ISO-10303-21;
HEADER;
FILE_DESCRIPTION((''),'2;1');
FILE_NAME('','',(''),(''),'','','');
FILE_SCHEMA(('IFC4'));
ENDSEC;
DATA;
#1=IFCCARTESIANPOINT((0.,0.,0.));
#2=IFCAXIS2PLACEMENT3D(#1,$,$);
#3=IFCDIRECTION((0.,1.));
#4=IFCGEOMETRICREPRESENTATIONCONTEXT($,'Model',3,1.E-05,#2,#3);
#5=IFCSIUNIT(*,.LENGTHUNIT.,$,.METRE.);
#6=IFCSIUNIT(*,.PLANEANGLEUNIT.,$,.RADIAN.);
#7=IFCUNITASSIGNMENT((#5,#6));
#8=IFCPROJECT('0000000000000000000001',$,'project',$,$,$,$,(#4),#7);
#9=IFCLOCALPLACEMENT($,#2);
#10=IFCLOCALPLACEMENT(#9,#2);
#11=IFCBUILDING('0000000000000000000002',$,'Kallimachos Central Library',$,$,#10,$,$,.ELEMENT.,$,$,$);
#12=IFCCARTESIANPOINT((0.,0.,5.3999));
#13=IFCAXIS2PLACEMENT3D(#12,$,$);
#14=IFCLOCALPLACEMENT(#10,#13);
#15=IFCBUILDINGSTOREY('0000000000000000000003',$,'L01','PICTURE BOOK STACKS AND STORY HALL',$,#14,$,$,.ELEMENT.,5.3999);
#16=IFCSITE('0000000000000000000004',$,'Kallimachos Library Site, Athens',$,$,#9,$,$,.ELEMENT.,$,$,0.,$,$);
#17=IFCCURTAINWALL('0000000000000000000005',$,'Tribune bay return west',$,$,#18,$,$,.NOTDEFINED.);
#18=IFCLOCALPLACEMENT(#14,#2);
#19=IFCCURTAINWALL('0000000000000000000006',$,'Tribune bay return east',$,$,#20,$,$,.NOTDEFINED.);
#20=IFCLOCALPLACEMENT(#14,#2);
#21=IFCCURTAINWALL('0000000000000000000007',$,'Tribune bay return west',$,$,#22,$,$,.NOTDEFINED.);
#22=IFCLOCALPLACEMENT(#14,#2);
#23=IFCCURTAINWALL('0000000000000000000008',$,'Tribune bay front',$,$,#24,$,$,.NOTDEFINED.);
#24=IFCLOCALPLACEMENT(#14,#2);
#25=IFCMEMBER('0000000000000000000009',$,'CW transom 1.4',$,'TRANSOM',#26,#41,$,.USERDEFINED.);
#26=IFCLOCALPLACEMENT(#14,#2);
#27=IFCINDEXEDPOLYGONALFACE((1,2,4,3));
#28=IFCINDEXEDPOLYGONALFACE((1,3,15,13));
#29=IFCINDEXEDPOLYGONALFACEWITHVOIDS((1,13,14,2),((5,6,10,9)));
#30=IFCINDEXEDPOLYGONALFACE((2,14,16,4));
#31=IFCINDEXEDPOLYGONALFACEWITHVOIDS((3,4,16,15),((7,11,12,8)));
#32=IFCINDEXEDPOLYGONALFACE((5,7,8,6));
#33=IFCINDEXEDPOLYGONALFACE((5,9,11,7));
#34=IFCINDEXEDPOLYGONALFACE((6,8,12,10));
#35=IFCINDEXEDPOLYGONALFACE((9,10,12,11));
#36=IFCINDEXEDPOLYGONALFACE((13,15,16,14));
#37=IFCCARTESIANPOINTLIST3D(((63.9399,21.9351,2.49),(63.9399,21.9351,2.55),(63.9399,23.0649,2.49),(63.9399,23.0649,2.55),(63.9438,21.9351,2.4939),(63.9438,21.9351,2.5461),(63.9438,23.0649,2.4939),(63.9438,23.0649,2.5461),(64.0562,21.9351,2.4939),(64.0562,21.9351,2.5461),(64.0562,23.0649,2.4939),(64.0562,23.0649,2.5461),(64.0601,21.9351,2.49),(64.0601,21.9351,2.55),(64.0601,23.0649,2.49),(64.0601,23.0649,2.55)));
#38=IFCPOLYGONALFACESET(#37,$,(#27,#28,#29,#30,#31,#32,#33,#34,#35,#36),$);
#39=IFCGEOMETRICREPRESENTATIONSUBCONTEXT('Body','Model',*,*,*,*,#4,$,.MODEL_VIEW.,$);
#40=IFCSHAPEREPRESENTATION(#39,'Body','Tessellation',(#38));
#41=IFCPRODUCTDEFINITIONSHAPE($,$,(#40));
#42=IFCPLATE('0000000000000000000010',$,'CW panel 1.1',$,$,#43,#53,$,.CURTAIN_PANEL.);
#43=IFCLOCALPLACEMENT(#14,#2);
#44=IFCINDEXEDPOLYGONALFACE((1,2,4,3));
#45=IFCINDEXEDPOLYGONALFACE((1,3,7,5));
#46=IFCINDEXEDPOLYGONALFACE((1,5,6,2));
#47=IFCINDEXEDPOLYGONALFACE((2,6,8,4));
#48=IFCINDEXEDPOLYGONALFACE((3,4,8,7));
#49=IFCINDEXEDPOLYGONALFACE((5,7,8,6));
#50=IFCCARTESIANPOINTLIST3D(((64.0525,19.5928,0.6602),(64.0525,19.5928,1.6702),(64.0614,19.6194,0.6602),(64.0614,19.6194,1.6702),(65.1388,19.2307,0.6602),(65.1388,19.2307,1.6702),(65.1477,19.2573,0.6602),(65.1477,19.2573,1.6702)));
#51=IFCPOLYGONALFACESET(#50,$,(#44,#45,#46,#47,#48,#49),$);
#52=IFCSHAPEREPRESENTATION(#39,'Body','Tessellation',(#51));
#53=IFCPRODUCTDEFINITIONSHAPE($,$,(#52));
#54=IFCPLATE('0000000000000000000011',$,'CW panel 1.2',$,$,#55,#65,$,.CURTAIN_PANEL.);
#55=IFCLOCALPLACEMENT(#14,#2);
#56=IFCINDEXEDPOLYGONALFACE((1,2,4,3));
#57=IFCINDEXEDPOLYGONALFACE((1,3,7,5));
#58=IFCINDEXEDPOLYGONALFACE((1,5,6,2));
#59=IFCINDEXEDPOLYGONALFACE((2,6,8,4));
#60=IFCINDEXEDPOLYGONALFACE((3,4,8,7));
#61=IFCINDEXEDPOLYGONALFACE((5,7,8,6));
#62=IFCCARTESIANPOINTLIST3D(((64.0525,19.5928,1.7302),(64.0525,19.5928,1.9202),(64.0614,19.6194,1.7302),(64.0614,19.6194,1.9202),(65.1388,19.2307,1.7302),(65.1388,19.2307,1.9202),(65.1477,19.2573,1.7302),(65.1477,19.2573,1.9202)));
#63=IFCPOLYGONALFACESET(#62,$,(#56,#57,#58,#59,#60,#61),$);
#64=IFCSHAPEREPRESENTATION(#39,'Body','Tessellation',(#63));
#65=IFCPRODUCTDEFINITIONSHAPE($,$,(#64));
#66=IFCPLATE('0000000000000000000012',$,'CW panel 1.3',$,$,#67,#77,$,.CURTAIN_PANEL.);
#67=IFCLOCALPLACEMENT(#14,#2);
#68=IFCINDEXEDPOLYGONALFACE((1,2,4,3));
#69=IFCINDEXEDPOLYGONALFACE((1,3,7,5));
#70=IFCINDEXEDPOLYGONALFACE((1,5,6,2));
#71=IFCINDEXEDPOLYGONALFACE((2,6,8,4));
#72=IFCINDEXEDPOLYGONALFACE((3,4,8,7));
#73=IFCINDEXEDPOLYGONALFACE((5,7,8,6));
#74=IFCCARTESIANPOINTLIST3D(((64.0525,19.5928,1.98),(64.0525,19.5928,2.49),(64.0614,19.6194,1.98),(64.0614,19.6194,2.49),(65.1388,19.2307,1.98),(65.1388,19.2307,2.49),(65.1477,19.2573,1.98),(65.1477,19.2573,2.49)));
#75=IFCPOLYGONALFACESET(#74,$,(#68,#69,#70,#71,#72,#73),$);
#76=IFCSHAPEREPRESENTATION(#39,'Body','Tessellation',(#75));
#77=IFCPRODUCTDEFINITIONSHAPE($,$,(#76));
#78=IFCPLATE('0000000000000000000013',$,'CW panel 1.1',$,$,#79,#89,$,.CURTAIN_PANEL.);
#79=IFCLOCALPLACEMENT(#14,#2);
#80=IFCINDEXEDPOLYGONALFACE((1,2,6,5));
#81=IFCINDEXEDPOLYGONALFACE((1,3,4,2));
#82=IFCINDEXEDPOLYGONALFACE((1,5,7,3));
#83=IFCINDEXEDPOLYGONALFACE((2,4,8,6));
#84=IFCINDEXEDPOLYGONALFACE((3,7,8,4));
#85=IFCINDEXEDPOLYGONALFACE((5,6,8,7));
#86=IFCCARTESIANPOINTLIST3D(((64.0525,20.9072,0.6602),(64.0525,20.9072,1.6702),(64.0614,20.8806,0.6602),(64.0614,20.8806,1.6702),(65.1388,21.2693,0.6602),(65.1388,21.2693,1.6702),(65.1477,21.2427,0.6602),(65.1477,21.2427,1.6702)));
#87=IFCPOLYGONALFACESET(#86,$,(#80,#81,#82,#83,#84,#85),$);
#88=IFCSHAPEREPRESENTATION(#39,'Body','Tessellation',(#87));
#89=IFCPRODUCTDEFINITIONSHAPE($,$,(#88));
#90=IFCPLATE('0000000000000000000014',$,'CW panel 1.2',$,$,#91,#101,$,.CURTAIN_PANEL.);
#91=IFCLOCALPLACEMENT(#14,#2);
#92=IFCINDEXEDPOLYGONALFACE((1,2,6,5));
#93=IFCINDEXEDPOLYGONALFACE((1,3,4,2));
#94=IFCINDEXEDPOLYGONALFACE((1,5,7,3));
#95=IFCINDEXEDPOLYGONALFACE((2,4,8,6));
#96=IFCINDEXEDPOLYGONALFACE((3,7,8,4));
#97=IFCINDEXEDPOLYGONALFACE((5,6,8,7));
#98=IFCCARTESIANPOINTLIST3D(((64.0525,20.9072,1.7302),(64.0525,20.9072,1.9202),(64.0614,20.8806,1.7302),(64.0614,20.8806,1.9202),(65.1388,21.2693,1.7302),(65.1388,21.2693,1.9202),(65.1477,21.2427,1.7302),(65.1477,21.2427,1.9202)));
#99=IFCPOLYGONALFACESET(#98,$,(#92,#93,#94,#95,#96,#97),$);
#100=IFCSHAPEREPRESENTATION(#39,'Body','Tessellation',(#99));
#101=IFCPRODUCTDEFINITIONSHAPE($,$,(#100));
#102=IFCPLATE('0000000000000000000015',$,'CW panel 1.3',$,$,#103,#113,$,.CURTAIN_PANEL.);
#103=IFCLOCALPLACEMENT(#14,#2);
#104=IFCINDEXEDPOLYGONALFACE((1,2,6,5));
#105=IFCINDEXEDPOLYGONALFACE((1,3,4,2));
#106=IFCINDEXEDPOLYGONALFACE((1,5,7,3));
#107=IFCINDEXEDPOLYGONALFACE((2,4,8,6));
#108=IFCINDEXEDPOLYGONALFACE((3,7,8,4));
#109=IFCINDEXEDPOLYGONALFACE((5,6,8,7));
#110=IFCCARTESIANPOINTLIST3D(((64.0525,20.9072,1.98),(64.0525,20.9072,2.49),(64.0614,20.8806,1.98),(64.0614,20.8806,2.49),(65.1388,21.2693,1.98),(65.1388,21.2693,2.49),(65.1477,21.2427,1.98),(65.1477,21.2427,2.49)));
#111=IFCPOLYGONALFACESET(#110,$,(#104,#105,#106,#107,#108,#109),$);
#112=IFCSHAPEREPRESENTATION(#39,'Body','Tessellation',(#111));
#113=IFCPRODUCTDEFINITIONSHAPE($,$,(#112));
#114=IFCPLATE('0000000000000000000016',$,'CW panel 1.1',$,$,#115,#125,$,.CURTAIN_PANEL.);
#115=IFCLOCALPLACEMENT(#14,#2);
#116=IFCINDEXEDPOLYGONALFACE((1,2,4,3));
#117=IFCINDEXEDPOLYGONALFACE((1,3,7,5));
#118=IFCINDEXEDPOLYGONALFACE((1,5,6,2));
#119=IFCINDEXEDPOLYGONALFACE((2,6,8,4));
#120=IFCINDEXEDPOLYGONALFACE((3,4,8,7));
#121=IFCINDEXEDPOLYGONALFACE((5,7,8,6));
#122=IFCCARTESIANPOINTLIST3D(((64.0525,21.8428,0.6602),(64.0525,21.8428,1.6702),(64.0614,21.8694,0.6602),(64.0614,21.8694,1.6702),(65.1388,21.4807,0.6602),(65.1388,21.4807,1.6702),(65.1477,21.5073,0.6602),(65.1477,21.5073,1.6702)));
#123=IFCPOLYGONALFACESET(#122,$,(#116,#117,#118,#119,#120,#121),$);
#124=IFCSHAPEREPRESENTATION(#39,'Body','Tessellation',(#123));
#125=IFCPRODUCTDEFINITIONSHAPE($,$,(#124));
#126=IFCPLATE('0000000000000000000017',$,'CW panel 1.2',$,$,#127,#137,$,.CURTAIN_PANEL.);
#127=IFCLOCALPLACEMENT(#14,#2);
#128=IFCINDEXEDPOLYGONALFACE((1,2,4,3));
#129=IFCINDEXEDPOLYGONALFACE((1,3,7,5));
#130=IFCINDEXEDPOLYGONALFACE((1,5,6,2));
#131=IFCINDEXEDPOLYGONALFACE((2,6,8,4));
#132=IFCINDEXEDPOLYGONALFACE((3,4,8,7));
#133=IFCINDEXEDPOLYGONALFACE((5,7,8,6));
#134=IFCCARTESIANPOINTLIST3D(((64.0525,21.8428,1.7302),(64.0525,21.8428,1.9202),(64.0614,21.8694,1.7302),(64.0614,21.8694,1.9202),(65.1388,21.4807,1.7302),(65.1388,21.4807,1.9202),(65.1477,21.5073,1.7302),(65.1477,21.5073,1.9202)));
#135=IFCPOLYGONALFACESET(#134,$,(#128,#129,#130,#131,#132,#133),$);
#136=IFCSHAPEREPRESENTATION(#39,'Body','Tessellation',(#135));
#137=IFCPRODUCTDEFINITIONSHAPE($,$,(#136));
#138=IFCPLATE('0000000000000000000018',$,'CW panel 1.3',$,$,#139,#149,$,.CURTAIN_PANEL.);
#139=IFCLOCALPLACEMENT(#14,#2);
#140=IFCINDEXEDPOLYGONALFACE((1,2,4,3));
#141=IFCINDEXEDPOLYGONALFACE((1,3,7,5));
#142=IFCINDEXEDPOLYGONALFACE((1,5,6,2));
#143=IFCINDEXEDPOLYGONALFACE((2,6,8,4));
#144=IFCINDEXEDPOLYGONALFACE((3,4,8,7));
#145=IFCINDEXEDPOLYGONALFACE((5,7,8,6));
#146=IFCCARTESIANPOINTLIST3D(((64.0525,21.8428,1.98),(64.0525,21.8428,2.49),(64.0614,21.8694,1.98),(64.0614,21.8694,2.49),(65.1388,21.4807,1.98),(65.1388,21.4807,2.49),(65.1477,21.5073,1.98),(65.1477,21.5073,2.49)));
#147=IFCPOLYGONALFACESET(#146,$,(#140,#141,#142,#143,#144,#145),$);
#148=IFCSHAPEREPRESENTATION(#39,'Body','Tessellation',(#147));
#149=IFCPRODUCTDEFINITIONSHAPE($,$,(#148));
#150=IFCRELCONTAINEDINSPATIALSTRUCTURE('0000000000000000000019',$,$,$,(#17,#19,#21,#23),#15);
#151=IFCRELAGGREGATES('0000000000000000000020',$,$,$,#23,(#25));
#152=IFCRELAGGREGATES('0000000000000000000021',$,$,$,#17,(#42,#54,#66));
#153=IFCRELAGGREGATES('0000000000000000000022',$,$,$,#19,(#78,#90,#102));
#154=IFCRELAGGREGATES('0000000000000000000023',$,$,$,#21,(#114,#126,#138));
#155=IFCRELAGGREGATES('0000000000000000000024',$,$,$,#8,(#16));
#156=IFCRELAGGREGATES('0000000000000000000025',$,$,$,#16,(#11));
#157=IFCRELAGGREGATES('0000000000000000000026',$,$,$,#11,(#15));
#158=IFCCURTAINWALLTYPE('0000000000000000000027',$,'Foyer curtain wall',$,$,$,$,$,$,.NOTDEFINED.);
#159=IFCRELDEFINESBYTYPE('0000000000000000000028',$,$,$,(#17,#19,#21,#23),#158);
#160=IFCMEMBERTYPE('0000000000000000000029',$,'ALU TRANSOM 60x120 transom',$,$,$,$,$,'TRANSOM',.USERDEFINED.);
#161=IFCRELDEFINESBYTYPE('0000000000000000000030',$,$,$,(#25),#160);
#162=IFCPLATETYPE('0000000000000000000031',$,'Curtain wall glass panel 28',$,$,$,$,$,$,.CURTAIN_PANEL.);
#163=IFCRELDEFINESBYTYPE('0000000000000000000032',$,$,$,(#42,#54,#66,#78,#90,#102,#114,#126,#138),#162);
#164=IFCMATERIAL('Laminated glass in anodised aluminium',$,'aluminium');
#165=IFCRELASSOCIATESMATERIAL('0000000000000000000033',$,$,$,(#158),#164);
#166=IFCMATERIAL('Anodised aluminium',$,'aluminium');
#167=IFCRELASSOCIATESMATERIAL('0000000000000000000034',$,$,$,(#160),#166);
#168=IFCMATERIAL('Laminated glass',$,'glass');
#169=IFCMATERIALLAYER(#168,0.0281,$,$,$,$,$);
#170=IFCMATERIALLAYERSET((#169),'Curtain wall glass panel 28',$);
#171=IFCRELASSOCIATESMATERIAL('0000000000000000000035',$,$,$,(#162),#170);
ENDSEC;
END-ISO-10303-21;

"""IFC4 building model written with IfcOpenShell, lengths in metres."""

from ifc_helpers import new_model, si_unit, direction, frame, origin, origin_2d, place, context, subcontext, project, spatial, rectangle, hollow_rectangle, extrude, material, layer, layer_set, material_profile, profile_set, type_object, element, aggregate, save


model = new_model("IFC4")

# Units and contexts
model_context = context("Model", 3, precision=1e-05, world=origin(), true_north=direction((0.0, 1.0)))
body_context = subcontext(model_context, "Body", "Model", "MODEL_VIEW")
ifc_project = project(units=[si_unit("LENGTHUNIT", "METRE"), si_unit("PLANEANGLEUNIT", "RADIAN")], contexts=[model_context])

# Site, building, storey
site_placement = place(None, origin())
site = spatial("IfcSite", under=ifc_project, at=site_placement, Name="Kallimachos Library Site, Athens", CompositionType="ELEMENT", RefElevation=0.0)
building_placement = place(site_placement, origin())
building = spatial("IfcBuilding", under=site, at=building_placement, Name="Kallimachos Central Library", CompositionType="ELEMENT")
storey_placement = place(building_placement, frame((0.0, 0.0, 5.3999)))
storey = spatial("IfcBuildingStorey", under=building, at=storey_placement, Name="L01", Description="PICTURE BOOK STACKS AND STORY HALL", CompositionType="ELEMENT", Elevation=5.3999)

# Curtain walls
ifc_material_1 = material(Name="Laminated glass in anodised aluminium", Category="aluminium")
curtain_wall_type = type_object("IfcCurtainWallType", Name="Foyer curtain wall", PredefinedType="NOTDEFINED", material=ifc_material_1)
curtain_wall_1_placement = place(storey_placement, origin())
curtain_wall_1 = element("IfcCurtainWall", 1, at=curtain_wall_1_placement, inside=storey, type_object=curtain_wall_type, Name="Tribune bay return west", PredefinedType="NOTDEFINED")
curtain_wall_2_placement = place(storey_placement, origin())
curtain_wall_2 = element("IfcCurtainWall", 2, at=curtain_wall_2_placement, inside=storey, type_object=curtain_wall_type, Name="Tribune bay return east", PredefinedType="NOTDEFINED")
curtain_wall_3_placement = place(storey_placement, origin())
curtain_wall_3 = element("IfcCurtainWall", 3, at=curtain_wall_3_placement, inside=storey, type_object=curtain_wall_type, Name="Tribune bay return west", PredefinedType="NOTDEFINED")

# Shared definitions
ifc_material_2 = material(Name="Anodised aluminium", Category="aluminium")
ifc_material_profile_1 = material_profile(ifc_material_2, hollow_rectangle(XDim=0.0601, YDim=0.1201, WallThickness=0.0039, at=origin_2d()), Name="ALU TRANSOM 60x120")
ifc_profile_set_1 = profile_set([ifc_material_profile_1], Name="Anodised aluminium")
member_type_1 = type_object("IfcMemberType", Name="ALU TRANSOM 60x120 transom", ElementType="TRANSOM", PredefinedType="USERDEFINED", material=ifc_profile_set_1)

# Curtain wall, member
curtain_wall_4_placement = place(storey_placement, origin())
curtain_wall_4 = element("IfcCurtainWall", 4, at=curtain_wall_4_placement, inside=storey, type_object=curtain_wall_type, Name="Tribune bay front", PredefinedType="NOTDEFINED")
member_1_placement = place(storey_placement, frame((64.0, 21.9351, 2.52), z_axis=(0.0, 1.0, 0.0), x_axis=(0.0, 0.0, 1.0)))
member_1 = element("IfcMember", 5, at=member_1_placement, type_object=member_type_1, Name="CW transom 1.4", ObjectType="TRANSOM", PredefinedType="USERDEFINED", context=body_context, shape_type="SweptSolid", body=[
    extrude(hollow_rectangle(XDim=0.0601, YDim=0.1201, WallThickness=0.0039, at=origin_2d()), origin(), (0.0, 0.0, 1.0), 1.1299),
])
aggregate(curtain_wall_4, [member_1])

# Plates
ifc_material_3 = material(Name="Laminated glass", Category="glass")
ifc_layer = layer(ifc_material_3, 0.0281)
ifc_layer_set = layer_set([ifc_layer], Name="Curtain wall glass panel 28")
plate_type = type_object("IfcPlateType", Name="Curtain wall glass panel 28", PredefinedType="CURTAIN_PANEL", material=ifc_layer_set)
plate_1_placement = place(storey_placement, frame((64.6001, 19.425, 0.6602), z_axis=(0.0, 0.0, 1.0), x_axis=(-0.948683, 0.316228, 0.0)))
plate_1 = element("IfcPlate", 6, at=plate_1_placement, type_object=plate_type, Name="CW panel 1.1", PredefinedType="CURTAIN_PANEL", context=body_context, shape_type="SweptSolid", body=[
    extrude(rectangle(XDim=1.145, YDim=0.0281, at=origin_2d()), origin(), (0.0, 0.0, 1.0), 1.01),
])
plate_2_placement = place(storey_placement, frame((64.6001, 19.425, 1.7302), z_axis=(0.0, 0.0, 1.0), x_axis=(-0.948683, 0.316228, 0.0)))
plate_2 = element("IfcPlate", 7, at=plate_2_placement, type_object=plate_type, Name="CW panel 1.2", PredefinedType="CURTAIN_PANEL", context=body_context, shape_type="SweptSolid", body=[
    extrude(rectangle(XDim=1.145, YDim=0.0281, at=origin_2d()), origin(), (0.0, 0.0, 1.0), 0.1899),
])
plate_3_placement = place(storey_placement, frame((64.6001, 19.425, 1.98), z_axis=(0.0, 0.0, 1.0), x_axis=(-0.948683, 0.316228, 0.0)))
plate_3 = element("IfcPlate", 8, at=plate_3_placement, type_object=plate_type, Name="CW panel 1.3", PredefinedType="CURTAIN_PANEL", context=body_context, shape_type="SweptSolid", body=[
    extrude(rectangle(XDim=1.145, YDim=0.0281, at=origin_2d()), origin(), (0.0, 0.0, 1.0), 0.51),
])
aggregate(curtain_wall_1, [plate_1, plate_2, plate_3])
plate_4_placement = place(storey_placement, frame((64.6001, 21.075, 0.6602), z_axis=(0.0, 0.0, 1.0), x_axis=(0.948683, 0.316228, 0.0)))
plate_4 = element("IfcPlate", 9, at=plate_4_placement, type_object=plate_type, Name="CW panel 1.1", PredefinedType="CURTAIN_PANEL", context=body_context, shape_type="SweptSolid", body=[
    extrude(rectangle(XDim=1.145, YDim=0.0281, at=origin_2d()), origin(), (0.0, 0.0, 1.0), 1.01),
])
plate_5_placement = place(storey_placement, frame((64.6001, 21.075, 1.7302), z_axis=(0.0, 0.0, 1.0), x_axis=(0.948683, 0.316228, 0.0)))
plate_5 = element("IfcPlate", 10, at=plate_5_placement, type_object=plate_type, Name="CW panel 1.2", PredefinedType="CURTAIN_PANEL", context=body_context, shape_type="SweptSolid", body=[
    extrude(rectangle(XDim=1.145, YDim=0.0281, at=origin_2d()), origin(), (0.0, 0.0, 1.0), 0.1899),
])
plate_6_placement = place(storey_placement, frame((64.6001, 21.075, 1.98), z_axis=(0.0, 0.0, 1.0), x_axis=(0.948683, 0.316228, 0.0)))
plate_6 = element("IfcPlate", 11, at=plate_6_placement, type_object=plate_type, Name="CW panel 1.3", PredefinedType="CURTAIN_PANEL", context=body_context, shape_type="SweptSolid", body=[
    extrude(rectangle(XDim=1.145, YDim=0.0281, at=origin_2d()), origin(), (0.0, 0.0, 1.0), 0.51),
])
aggregate(curtain_wall_2, [plate_4, plate_5, plate_6])
plate_7_placement = place(storey_placement, frame((64.6001, 21.675, 0.6602), z_axis=(0.0, 0.0, 1.0), x_axis=(-0.948683, 0.316228, 0.0)))
plate_7 = element("IfcPlate", 12, at=plate_7_placement, type_object=plate_type, Name="CW panel 1.1", PredefinedType="CURTAIN_PANEL", context=body_context, shape_type="SweptSolid", body=[
    extrude(rectangle(XDim=1.145, YDim=0.0281, at=origin_2d()), origin(), (0.0, 0.0, 1.0), 1.01),
])
plate_8_placement = place(storey_placement, frame((64.6001, 21.675, 1.7302), z_axis=(0.0, 0.0, 1.0), x_axis=(-0.948683, 0.316228, 0.0)))
plate_8 = element("IfcPlate", 13, at=plate_8_placement, type_object=plate_type, Name="CW panel 1.2", PredefinedType="CURTAIN_PANEL", context=body_context, shape_type="SweptSolid", body=[
    extrude(rectangle(XDim=1.145, YDim=0.0281, at=origin_2d()), origin(), (0.0, 0.0, 1.0), 0.1899),
])
plate_9_placement = place(storey_placement, frame((64.6001, 21.675, 1.98), z_axis=(0.0, 0.0, 1.0), x_axis=(-0.948683, 0.316228, 0.0)))
plate_9 = element("IfcPlate", 14, at=plate_9_placement, type_object=plate_type, Name="CW panel 1.3", PredefinedType="CURTAIN_PANEL", context=body_context, shape_type="SweptSolid", body=[
    extrude(rectangle(XDim=1.145, YDim=0.0281, at=origin_2d()), origin(), (0.0, 0.0, 1.0), 0.51),
])
aggregate(curtain_wall_3, [plate_7, plate_8, plate_9])

save(model, "model.ifc")
